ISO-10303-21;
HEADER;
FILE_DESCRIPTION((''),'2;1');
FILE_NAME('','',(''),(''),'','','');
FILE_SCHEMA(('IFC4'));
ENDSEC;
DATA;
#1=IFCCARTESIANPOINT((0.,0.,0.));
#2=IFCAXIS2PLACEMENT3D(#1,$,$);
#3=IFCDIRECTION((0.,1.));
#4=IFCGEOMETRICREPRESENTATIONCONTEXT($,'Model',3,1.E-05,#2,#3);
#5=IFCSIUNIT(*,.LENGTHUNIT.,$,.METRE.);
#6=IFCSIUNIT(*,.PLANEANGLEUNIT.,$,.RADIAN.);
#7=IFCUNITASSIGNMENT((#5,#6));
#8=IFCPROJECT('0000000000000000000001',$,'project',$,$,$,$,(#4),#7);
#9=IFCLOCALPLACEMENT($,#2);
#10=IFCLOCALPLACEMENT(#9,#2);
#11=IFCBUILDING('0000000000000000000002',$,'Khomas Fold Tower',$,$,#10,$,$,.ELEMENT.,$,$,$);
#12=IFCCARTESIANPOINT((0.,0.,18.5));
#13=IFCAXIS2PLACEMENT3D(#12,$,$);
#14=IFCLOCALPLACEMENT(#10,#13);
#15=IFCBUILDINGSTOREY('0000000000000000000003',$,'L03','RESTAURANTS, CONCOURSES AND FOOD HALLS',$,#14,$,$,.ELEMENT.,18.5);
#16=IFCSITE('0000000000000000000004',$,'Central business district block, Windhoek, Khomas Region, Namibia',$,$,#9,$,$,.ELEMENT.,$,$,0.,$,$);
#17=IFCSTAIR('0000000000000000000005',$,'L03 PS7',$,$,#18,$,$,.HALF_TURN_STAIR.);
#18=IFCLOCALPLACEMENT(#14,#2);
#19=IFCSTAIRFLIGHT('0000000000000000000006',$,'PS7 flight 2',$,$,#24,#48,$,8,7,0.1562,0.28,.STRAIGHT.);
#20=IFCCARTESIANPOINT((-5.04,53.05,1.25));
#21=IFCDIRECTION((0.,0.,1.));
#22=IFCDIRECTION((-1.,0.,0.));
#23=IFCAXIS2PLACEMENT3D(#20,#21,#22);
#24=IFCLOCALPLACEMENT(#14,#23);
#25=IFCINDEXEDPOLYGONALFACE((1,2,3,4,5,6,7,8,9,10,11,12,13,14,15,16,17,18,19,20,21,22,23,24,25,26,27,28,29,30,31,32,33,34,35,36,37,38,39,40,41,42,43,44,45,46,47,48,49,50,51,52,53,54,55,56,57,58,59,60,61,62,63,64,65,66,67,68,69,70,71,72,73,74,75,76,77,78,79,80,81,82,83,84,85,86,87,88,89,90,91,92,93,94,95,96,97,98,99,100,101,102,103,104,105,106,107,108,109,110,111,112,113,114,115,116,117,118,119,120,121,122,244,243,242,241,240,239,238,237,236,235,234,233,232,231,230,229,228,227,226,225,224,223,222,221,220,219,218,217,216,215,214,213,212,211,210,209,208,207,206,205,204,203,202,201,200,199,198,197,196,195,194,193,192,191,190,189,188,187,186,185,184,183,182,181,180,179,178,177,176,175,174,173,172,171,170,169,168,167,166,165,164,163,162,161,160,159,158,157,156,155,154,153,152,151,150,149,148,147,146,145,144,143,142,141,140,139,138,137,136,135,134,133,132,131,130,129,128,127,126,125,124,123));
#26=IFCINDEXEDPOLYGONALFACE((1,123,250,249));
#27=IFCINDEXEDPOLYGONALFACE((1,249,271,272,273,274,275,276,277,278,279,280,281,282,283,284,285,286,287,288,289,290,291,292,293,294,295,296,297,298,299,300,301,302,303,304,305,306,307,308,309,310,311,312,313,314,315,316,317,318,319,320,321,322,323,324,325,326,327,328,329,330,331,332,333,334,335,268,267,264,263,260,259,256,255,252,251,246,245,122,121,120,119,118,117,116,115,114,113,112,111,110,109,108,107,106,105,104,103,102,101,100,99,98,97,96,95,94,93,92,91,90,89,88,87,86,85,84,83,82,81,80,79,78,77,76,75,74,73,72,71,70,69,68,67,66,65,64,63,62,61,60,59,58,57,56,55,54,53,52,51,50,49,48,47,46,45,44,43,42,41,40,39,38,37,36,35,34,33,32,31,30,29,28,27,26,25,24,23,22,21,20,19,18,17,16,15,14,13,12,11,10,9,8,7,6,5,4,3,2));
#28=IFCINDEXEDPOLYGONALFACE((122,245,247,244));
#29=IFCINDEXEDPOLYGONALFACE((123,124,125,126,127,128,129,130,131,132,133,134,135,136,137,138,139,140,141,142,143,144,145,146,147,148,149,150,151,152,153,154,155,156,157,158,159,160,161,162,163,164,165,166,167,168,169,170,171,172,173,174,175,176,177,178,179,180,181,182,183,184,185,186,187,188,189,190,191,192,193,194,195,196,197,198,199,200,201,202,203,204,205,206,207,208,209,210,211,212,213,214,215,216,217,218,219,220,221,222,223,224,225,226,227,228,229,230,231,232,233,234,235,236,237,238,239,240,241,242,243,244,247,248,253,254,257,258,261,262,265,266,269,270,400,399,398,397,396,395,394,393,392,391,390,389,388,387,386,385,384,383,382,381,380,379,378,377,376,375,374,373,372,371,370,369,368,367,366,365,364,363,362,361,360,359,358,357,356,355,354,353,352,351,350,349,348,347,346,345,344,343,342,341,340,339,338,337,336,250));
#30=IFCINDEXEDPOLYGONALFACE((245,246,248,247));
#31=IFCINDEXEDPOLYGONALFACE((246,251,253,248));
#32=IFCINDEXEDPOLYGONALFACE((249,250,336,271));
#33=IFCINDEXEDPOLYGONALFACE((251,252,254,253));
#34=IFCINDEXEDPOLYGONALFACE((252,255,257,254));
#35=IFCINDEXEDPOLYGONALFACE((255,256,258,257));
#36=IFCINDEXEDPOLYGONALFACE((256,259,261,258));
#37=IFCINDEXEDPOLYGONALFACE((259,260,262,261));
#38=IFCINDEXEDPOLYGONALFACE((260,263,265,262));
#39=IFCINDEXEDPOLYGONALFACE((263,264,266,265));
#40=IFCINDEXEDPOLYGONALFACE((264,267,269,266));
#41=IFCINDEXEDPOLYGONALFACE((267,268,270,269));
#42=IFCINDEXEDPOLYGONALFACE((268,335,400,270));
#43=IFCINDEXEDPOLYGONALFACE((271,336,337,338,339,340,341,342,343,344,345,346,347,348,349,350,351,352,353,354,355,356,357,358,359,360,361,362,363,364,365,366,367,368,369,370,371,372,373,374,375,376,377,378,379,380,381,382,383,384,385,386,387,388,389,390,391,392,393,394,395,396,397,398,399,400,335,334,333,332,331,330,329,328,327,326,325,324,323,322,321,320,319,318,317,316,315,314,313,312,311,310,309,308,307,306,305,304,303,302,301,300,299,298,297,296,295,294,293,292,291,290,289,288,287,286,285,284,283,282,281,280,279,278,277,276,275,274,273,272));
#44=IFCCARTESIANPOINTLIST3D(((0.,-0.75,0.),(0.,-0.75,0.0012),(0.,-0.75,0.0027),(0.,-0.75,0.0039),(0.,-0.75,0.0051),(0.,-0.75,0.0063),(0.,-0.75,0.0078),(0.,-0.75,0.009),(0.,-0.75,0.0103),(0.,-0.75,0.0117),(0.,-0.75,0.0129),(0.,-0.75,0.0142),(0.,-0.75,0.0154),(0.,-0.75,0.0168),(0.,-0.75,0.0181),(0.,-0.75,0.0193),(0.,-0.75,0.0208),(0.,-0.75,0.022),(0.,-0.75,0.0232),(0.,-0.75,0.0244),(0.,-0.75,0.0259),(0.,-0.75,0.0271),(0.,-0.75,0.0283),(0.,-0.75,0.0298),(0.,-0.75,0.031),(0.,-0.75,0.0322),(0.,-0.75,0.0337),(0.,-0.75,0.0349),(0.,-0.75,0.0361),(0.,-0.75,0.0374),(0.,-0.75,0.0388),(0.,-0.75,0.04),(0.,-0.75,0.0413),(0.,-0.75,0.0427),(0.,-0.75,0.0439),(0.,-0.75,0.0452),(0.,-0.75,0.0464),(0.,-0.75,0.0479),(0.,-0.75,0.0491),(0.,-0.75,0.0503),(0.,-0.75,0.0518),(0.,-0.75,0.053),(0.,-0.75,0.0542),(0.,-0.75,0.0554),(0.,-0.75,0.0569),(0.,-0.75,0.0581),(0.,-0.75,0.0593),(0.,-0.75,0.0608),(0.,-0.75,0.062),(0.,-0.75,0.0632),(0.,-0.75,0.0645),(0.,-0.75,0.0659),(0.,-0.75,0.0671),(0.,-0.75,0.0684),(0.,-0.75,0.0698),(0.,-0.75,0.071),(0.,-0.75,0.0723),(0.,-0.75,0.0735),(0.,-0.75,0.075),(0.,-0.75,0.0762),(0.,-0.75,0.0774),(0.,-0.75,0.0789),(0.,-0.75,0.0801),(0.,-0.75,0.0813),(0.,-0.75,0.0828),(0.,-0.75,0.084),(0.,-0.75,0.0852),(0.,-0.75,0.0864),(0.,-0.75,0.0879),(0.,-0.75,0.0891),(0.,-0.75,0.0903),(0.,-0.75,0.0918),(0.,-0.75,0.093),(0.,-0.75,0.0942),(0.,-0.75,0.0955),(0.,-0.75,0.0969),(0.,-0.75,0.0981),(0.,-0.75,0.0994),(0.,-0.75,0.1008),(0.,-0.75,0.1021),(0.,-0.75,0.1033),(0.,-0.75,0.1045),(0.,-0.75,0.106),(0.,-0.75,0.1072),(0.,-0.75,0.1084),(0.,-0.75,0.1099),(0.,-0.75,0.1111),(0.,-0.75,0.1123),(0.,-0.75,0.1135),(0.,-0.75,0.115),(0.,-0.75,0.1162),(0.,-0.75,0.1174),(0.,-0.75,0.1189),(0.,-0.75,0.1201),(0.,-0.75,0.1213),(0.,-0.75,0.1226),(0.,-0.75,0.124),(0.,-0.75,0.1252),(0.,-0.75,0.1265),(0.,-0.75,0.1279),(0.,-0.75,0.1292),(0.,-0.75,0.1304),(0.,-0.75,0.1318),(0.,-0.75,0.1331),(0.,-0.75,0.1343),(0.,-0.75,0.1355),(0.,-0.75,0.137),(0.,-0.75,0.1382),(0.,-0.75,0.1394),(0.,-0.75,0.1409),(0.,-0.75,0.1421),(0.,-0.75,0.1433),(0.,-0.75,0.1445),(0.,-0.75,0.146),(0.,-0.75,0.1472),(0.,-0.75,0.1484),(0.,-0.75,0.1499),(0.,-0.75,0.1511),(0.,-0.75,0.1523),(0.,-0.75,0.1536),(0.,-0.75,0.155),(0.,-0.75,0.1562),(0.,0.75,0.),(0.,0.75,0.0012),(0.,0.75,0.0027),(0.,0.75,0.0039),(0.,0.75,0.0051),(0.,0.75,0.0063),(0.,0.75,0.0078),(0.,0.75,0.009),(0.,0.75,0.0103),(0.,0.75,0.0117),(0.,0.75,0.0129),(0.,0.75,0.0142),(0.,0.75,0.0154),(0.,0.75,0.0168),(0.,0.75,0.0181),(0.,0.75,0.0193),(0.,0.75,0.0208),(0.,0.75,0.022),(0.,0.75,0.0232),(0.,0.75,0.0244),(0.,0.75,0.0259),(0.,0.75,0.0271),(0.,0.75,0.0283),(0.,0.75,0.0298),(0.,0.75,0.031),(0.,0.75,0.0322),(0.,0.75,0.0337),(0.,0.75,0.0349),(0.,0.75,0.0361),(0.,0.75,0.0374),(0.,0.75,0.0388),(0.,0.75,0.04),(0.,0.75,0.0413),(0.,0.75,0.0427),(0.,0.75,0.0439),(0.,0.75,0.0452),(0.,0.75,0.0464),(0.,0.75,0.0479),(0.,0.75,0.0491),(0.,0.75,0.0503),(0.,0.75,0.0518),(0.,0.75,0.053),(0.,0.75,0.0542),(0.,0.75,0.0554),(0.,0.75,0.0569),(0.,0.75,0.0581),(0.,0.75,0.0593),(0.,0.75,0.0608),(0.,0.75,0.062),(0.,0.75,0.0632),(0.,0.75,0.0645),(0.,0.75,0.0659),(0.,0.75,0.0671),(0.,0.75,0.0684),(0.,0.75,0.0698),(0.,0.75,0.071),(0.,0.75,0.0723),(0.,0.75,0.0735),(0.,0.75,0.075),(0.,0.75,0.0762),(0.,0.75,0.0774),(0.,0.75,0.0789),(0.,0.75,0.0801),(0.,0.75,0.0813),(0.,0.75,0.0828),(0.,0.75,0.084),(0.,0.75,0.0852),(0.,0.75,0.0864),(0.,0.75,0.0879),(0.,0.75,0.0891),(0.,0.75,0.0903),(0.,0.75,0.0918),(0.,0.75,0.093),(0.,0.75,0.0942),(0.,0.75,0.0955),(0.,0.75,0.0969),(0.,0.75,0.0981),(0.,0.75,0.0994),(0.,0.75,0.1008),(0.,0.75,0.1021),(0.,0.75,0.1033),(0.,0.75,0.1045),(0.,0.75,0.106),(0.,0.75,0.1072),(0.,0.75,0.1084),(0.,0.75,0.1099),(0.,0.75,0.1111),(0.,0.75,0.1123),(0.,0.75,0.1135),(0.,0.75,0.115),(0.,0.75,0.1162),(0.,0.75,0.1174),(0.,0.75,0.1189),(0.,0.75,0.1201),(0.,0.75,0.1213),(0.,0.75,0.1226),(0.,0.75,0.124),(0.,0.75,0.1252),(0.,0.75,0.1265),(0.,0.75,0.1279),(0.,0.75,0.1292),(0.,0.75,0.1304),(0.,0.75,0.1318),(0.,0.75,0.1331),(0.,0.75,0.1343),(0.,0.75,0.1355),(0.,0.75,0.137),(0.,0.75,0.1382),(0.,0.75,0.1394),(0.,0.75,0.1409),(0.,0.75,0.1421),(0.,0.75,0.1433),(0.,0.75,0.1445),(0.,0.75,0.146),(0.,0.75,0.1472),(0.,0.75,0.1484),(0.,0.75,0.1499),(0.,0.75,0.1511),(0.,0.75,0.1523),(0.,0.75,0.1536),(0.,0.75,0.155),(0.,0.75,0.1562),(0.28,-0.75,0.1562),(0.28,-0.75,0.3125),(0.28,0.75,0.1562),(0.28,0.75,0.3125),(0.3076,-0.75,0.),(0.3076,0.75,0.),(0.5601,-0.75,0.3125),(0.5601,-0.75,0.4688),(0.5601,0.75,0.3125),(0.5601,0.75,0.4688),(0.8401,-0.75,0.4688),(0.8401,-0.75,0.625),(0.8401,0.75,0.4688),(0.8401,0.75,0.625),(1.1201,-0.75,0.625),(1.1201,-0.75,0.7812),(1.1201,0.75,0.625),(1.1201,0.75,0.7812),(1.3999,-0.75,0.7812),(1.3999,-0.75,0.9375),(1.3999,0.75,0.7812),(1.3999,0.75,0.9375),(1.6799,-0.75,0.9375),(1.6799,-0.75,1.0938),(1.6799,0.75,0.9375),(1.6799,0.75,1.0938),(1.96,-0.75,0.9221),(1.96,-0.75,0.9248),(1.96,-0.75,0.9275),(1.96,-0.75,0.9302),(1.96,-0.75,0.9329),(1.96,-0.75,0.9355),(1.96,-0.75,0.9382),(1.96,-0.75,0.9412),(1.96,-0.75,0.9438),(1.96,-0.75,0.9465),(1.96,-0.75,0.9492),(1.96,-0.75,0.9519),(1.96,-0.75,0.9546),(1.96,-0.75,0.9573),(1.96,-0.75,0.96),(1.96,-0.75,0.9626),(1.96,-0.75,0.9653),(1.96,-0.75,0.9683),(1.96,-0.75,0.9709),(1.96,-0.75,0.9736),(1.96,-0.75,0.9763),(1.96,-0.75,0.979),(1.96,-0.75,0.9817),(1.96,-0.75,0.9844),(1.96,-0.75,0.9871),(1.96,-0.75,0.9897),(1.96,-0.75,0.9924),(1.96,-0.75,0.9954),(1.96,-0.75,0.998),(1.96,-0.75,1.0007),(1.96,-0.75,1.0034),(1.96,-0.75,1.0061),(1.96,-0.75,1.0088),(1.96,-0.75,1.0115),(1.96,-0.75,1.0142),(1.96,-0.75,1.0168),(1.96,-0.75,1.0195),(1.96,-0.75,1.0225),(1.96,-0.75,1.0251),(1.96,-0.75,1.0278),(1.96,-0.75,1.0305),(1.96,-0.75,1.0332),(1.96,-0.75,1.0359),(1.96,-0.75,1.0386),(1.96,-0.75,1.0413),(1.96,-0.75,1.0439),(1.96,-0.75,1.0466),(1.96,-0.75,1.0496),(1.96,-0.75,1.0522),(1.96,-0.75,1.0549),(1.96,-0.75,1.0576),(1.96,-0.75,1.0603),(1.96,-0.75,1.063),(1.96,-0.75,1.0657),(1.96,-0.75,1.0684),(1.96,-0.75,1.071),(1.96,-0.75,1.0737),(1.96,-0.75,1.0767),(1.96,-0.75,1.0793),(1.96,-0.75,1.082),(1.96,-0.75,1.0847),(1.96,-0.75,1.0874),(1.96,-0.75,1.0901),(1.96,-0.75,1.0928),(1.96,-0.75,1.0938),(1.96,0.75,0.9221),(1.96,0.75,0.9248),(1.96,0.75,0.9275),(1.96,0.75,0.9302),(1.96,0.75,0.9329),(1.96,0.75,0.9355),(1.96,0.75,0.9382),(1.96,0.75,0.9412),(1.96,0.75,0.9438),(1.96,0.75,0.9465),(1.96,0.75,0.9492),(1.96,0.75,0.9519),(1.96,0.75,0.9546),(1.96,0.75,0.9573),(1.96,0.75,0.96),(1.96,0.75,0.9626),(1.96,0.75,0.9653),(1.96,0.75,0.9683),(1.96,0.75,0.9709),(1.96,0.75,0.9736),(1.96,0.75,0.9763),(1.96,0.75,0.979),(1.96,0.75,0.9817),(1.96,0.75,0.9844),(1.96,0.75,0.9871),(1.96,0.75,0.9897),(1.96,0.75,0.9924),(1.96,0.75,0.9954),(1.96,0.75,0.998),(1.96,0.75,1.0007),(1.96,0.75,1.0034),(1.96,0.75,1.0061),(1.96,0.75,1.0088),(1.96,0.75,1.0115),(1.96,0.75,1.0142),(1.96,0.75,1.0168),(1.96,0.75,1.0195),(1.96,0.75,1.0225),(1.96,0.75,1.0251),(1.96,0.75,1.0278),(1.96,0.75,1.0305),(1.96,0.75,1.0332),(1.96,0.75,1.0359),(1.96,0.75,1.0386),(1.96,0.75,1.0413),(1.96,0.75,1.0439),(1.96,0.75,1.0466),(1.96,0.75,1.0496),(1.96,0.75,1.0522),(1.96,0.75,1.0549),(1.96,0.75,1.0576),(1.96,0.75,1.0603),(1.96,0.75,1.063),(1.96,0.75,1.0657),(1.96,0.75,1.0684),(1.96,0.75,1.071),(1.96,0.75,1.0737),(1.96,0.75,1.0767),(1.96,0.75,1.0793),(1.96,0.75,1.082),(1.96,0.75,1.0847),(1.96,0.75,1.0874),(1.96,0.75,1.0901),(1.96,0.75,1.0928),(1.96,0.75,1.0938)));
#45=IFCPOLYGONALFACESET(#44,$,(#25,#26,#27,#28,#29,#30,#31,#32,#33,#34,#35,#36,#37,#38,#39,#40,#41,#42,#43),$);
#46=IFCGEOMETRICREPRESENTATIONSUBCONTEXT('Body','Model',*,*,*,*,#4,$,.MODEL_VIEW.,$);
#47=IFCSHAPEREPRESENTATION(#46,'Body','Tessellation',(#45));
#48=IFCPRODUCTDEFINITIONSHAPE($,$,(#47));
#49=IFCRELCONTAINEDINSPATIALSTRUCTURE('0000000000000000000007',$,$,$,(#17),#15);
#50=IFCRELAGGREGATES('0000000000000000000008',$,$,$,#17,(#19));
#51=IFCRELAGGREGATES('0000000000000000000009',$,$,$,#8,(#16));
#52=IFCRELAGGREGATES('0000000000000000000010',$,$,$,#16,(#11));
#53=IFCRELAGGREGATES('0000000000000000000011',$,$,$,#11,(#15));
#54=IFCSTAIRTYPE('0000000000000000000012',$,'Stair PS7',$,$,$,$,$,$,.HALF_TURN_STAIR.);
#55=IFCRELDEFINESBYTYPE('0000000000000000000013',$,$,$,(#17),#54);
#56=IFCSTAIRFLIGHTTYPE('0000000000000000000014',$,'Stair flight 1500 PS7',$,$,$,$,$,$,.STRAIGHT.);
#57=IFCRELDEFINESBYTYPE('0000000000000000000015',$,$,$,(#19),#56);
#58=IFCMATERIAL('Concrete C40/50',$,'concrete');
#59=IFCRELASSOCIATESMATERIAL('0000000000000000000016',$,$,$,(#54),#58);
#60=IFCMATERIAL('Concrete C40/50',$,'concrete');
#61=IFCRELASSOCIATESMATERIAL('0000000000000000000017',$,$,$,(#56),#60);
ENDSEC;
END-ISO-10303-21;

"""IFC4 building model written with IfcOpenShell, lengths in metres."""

from ifc_helpers import new_model, si_unit, direction, frame, origin, place, context, subcontext, project, spatial, polyline, outline, extrude, source, transform, mapped, material, type_object, element, aggregate, save


model = new_model("IFC4")

# Units and contexts
model_context = context("Model", 3, precision=1e-05, world=origin(), true_north=direction((0.0, 1.0)))
body_context = subcontext(model_context, "Body", "Model", "MODEL_VIEW")
ifc_project = project(units=[si_unit("LENGTHUNIT", "METRE"), si_unit("PLANEANGLEUNIT", "RADIAN")], contexts=[model_context])

# Site, building, storey
site_placement = place(None, origin())
site = spatial("IfcSite", under=ifc_project, at=site_placement, Name="Central business district block, Windhoek, Khomas Region, Namibia", CompositionType="ELEMENT", RefElevation=0.0)
building_placement = place(site_placement, origin())
building = spatial("IfcBuilding", under=site, at=building_placement, Name="Khomas Fold Tower", CompositionType="ELEMENT")
storey_placement = place(building_placement, frame((0.0, 0.0, 18.5)))
storey = spatial("IfcBuildingStorey", under=building, at=storey_placement, Name="L03", Description="RESTAURANTS, CONCOURSES AND FOOD HALLS", CompositionType="ELEMENT", Elevation=18.5)

# Stair, stair flight
ifc_material_1 = material(Name="Concrete C40/50", Category="concrete")
stair_type = type_object("IfcStairType", Name="Stair PS7", PredefinedType="HALF_TURN_STAIR", material=ifc_material_1)
stair_placement = place(storey_placement, origin())
stair = element("IfcStair", 1, at=stair_placement, inside=storey, type_object=stair_type, Name="L03 PS7", PredefinedType="HALF_TURN_STAIR")
ifc_material_2 = material(Name="Concrete C40/50", Category="concrete")
stair_flight_type = type_object("IfcStairFlightType", Name="Stair flight 1500 PS7", PredefinedType="STRAIGHT", material=ifc_material_2)
shared_shape_1 = source(origin(), body_context, "Body", "SweptSolid", [
    extrude(outline(polyline([(0.0, 0.0), (0.0, 0.0012), (0.0, 0.0027), (0.0, 0.0039), (0.0, 0.0051), (0.0, 0.0063), (0.0, 0.0078), (0.0, 0.009), (0.0, 0.0103), (0.0, 0.0117), (0.0, 0.0129), (0.0, 0.0142), (0.0, 0.0154), (0.0, 0.0168), (0.0, 0.0181), (0.0, 0.0193), (0.0, 0.0208), (0.0, 0.022), (0.0, 0.0232), (0.0, 0.0244), (0.0, 0.0259), (0.0, 0.0271), (0.0, 0.0283), (0.0, 0.0298), (0.0, 0.031), (0.0, 0.0322), (0.0, 0.0337), (0.0, 0.0349), (0.0, 0.0361), (0.0, 0.0374), (0.0, 0.0388), (0.0, 0.04), (0.0, 0.0413), (0.0, 0.0427), (0.0, 0.0439), (0.0, 0.0452), (0.0, 0.0464), (0.0, 0.0479), (0.0, 0.0491), (0.0, 0.0503), (0.0, 0.0518), (0.0, 0.053), (0.0, 0.0542), (0.0, 0.0554), (0.0, 0.0569), (0.0, 0.0581), (0.0, 0.0593), (0.0, 0.0608), (0.0, 0.062), (0.0, 0.0632), (0.0, 0.0645), (0.0, 0.0659), (0.0, 0.0671), (0.0, 0.0684), (0.0, 0.0698), (0.0, 0.071), (0.0, 0.0723), (0.0, 0.0735), (0.0, 0.075), (0.0, 0.0762), (0.0, 0.0774), (0.0, 0.0789), (0.0, 0.0801), (0.0, 0.0813), (0.0, 0.0828), (0.0, 0.084), (0.0, 0.0852), (0.0, 0.0864), (0.0, 0.0879), (0.0, 0.0891), (0.0, 0.0903), (0.0, 0.0918), (0.0, 0.093), (0.0, 0.0942), (0.0, 0.0955), (0.0, 0.0969), (0.0, 0.0981), (0.0, 0.0994), (0.0, 0.1008), (0.0, 0.1021), (0.0, 0.1033), (0.0, 0.1045), (0.0, 0.106), (0.0, 0.1072), (0.0, 0.1084), (0.0, 0.1099), (0.0, 0.1111), (0.0, 0.1123), (0.0, 0.1135), (0.0, 0.115), (0.0, 0.1162), (0.0, 0.1174), (0.0, 0.1189), (0.0, 0.1201), (0.0, 0.1213), (0.0, 0.1226), (0.0, 0.124), (0.0, 0.1252), (0.0, 0.1265), (0.0, 0.1279), (0.0, 0.1292), (0.0, 0.1304), (0.0, 0.1318), (0.0, 0.1331), (0.0, 0.1343), (0.0, 0.1355), (0.0, 0.137), (0.0, 0.1382), (0.0, 0.1394), (0.0, 0.1409), (0.0, 0.1421), (0.0, 0.1433), (0.0, 0.1445), (0.0, 0.146), (0.0, 0.1472), (0.0, 0.1484), (0.0, 0.1499), (0.0, 0.1511), (0.0, 0.1523), (0.0, 0.1536), (0.0, 0.155), (0.0, 0.1562), (0.28, 0.1562), (0.28, 0.3125), (0.5601, 0.3125), (0.5601, 0.4688), (0.8401, 0.4688), (0.8401, 0.625), (1.1201, 0.625), (1.1201, 0.7812), (1.3999, 0.7812), (1.3999, 0.9375), (1.6799, 0.9375), (1.6799, 1.0938), (1.96, 1.0938), (1.96, 1.25), (1.96, 1.2473), (1.96, 1.2446), (1.96, 1.2419), (1.96, 1.2393), (1.96, 1.2363), (1.96, 1.2336), (1.96, 1.231), (1.96, 1.2283), (1.96, 1.2256), (1.96, 1.2229), (1.96, 1.2202), (1.96, 1.2175), (1.96, 1.2148), (1.96, 1.2122), (1.96, 1.2092), (1.96, 1.2065), (1.96, 1.2039), (1.96, 1.2012), (1.96, 1.1985), (1.96, 1.1958), (1.96, 1.1931), (1.96, 1.1904), (1.96, 1.1877), (1.96, 1.1851), (1.96, 1.1821), (1.96, 1.1794), (1.96, 1.1768), (1.96, 1.1741), (1.96, 1.1714), (1.96, 1.1687), (1.96, 1.166), (1.96, 1.1633), (1.96, 1.1606), (1.96, 1.158), (1.96, 1.155), (1.96, 1.1523), (1.96, 1.1497), (1.96, 1.147), (1.96, 1.1443), (1.96, 1.1416), (1.96, 1.1389), (1.96, 1.1362), (1.96, 1.1335), (1.96, 1.1309), (1.96, 1.1279), (1.96, 1.1252), (1.96, 1.1226), (1.96, 1.1199), (1.96, 1.1172), (1.96, 1.1145), (1.96, 1.1118), (1.96, 1.1091), (1.96, 1.1064), (1.96, 1.1038), (1.96, 1.1008), (1.96, 1.0981), (1.96, 1.0955), (1.96, 1.0928), (1.96, 1.0901), (1.96, 1.0874), (1.96, 1.0847), (1.96, 1.082), (1.96, 1.0793), (1.96, 1.0767), (1.96, 1.0737), (1.96, 1.071), (1.96, 1.0684), (1.96, 1.0657), (1.96, 1.063), (1.96, 1.0603), (1.96, 1.0576), (1.96, 1.0549), (1.96, 1.0522), (1.96, 1.0496), (1.96, 1.0466), (1.96, 1.0439), (1.96, 1.0413), (1.96, 1.0386), (1.96, 1.0359), (1.96, 1.0332), (1.96, 1.0305), (1.96, 1.0278), (1.96, 1.0251), (1.96, 1.0225), (1.96, 1.0195), (1.96, 1.0168), (1.96, 1.0142), (1.96, 1.0115), (1.96, 1.0088), (1.96, 1.0061), (1.96, 1.0034), (1.96, 1.0007), (1.96, 0.998), (1.96, 0.9954), (1.96, 0.9924), (1.96, 0.9897), (1.96, 0.9871), (1.96, 0.9844), (1.96, 0.9817), (1.96, 0.979), (1.96, 0.9763), (1.96, 0.9736), (1.96, 0.9709), (1.96, 0.9683), (1.96, 0.9653), (1.96, 0.9626), (1.96, 0.96), (1.96, 0.9573), (1.96, 0.9546), (1.96, 0.9519), (1.96, 0.9492), (1.96, 0.9465), (1.96, 0.9438), (1.96, 0.9412), (1.96, 0.9382), (1.96, 0.9355), (1.96, 0.9329), (1.96, 0.9302), (1.96, 0.9275), (1.96, 0.9248), (1.96, 0.9221), (0.3076, 0.0), (0.0, 0.0)])), frame((0.0, 0.75, 0.0), z_axis=(0.0, -1.0, 0.0), x_axis=(1.0, 0.0, 0.0)), (0.0, 0.0, 1.0), 1.5),
])
stair_flight_1_placement = place(storey_placement, frame((-5.04, 53.05, 1.25), z_axis=(0.0, 0.0, 1.0), x_axis=(-1.0, 0.0, 0.0)))
stair_flight_1 = element("IfcStairFlight", 2, at=stair_flight_1_placement, type_object=stair_flight_type, Name="PS7 flight 2", NumberOfRisers=8, NumberOfTreads=7, PredefinedType="STRAIGHT", RiserHeight=0.1562, TreadLength=0.28, context=body_context, shape_type="MappedRepresentation", body=[
    mapped(shared_shape_1, transform((0.0, 0.0, 0.0))),
])
aggregate(stair, [stair_flight_1])

save(model, "model.ifc")
